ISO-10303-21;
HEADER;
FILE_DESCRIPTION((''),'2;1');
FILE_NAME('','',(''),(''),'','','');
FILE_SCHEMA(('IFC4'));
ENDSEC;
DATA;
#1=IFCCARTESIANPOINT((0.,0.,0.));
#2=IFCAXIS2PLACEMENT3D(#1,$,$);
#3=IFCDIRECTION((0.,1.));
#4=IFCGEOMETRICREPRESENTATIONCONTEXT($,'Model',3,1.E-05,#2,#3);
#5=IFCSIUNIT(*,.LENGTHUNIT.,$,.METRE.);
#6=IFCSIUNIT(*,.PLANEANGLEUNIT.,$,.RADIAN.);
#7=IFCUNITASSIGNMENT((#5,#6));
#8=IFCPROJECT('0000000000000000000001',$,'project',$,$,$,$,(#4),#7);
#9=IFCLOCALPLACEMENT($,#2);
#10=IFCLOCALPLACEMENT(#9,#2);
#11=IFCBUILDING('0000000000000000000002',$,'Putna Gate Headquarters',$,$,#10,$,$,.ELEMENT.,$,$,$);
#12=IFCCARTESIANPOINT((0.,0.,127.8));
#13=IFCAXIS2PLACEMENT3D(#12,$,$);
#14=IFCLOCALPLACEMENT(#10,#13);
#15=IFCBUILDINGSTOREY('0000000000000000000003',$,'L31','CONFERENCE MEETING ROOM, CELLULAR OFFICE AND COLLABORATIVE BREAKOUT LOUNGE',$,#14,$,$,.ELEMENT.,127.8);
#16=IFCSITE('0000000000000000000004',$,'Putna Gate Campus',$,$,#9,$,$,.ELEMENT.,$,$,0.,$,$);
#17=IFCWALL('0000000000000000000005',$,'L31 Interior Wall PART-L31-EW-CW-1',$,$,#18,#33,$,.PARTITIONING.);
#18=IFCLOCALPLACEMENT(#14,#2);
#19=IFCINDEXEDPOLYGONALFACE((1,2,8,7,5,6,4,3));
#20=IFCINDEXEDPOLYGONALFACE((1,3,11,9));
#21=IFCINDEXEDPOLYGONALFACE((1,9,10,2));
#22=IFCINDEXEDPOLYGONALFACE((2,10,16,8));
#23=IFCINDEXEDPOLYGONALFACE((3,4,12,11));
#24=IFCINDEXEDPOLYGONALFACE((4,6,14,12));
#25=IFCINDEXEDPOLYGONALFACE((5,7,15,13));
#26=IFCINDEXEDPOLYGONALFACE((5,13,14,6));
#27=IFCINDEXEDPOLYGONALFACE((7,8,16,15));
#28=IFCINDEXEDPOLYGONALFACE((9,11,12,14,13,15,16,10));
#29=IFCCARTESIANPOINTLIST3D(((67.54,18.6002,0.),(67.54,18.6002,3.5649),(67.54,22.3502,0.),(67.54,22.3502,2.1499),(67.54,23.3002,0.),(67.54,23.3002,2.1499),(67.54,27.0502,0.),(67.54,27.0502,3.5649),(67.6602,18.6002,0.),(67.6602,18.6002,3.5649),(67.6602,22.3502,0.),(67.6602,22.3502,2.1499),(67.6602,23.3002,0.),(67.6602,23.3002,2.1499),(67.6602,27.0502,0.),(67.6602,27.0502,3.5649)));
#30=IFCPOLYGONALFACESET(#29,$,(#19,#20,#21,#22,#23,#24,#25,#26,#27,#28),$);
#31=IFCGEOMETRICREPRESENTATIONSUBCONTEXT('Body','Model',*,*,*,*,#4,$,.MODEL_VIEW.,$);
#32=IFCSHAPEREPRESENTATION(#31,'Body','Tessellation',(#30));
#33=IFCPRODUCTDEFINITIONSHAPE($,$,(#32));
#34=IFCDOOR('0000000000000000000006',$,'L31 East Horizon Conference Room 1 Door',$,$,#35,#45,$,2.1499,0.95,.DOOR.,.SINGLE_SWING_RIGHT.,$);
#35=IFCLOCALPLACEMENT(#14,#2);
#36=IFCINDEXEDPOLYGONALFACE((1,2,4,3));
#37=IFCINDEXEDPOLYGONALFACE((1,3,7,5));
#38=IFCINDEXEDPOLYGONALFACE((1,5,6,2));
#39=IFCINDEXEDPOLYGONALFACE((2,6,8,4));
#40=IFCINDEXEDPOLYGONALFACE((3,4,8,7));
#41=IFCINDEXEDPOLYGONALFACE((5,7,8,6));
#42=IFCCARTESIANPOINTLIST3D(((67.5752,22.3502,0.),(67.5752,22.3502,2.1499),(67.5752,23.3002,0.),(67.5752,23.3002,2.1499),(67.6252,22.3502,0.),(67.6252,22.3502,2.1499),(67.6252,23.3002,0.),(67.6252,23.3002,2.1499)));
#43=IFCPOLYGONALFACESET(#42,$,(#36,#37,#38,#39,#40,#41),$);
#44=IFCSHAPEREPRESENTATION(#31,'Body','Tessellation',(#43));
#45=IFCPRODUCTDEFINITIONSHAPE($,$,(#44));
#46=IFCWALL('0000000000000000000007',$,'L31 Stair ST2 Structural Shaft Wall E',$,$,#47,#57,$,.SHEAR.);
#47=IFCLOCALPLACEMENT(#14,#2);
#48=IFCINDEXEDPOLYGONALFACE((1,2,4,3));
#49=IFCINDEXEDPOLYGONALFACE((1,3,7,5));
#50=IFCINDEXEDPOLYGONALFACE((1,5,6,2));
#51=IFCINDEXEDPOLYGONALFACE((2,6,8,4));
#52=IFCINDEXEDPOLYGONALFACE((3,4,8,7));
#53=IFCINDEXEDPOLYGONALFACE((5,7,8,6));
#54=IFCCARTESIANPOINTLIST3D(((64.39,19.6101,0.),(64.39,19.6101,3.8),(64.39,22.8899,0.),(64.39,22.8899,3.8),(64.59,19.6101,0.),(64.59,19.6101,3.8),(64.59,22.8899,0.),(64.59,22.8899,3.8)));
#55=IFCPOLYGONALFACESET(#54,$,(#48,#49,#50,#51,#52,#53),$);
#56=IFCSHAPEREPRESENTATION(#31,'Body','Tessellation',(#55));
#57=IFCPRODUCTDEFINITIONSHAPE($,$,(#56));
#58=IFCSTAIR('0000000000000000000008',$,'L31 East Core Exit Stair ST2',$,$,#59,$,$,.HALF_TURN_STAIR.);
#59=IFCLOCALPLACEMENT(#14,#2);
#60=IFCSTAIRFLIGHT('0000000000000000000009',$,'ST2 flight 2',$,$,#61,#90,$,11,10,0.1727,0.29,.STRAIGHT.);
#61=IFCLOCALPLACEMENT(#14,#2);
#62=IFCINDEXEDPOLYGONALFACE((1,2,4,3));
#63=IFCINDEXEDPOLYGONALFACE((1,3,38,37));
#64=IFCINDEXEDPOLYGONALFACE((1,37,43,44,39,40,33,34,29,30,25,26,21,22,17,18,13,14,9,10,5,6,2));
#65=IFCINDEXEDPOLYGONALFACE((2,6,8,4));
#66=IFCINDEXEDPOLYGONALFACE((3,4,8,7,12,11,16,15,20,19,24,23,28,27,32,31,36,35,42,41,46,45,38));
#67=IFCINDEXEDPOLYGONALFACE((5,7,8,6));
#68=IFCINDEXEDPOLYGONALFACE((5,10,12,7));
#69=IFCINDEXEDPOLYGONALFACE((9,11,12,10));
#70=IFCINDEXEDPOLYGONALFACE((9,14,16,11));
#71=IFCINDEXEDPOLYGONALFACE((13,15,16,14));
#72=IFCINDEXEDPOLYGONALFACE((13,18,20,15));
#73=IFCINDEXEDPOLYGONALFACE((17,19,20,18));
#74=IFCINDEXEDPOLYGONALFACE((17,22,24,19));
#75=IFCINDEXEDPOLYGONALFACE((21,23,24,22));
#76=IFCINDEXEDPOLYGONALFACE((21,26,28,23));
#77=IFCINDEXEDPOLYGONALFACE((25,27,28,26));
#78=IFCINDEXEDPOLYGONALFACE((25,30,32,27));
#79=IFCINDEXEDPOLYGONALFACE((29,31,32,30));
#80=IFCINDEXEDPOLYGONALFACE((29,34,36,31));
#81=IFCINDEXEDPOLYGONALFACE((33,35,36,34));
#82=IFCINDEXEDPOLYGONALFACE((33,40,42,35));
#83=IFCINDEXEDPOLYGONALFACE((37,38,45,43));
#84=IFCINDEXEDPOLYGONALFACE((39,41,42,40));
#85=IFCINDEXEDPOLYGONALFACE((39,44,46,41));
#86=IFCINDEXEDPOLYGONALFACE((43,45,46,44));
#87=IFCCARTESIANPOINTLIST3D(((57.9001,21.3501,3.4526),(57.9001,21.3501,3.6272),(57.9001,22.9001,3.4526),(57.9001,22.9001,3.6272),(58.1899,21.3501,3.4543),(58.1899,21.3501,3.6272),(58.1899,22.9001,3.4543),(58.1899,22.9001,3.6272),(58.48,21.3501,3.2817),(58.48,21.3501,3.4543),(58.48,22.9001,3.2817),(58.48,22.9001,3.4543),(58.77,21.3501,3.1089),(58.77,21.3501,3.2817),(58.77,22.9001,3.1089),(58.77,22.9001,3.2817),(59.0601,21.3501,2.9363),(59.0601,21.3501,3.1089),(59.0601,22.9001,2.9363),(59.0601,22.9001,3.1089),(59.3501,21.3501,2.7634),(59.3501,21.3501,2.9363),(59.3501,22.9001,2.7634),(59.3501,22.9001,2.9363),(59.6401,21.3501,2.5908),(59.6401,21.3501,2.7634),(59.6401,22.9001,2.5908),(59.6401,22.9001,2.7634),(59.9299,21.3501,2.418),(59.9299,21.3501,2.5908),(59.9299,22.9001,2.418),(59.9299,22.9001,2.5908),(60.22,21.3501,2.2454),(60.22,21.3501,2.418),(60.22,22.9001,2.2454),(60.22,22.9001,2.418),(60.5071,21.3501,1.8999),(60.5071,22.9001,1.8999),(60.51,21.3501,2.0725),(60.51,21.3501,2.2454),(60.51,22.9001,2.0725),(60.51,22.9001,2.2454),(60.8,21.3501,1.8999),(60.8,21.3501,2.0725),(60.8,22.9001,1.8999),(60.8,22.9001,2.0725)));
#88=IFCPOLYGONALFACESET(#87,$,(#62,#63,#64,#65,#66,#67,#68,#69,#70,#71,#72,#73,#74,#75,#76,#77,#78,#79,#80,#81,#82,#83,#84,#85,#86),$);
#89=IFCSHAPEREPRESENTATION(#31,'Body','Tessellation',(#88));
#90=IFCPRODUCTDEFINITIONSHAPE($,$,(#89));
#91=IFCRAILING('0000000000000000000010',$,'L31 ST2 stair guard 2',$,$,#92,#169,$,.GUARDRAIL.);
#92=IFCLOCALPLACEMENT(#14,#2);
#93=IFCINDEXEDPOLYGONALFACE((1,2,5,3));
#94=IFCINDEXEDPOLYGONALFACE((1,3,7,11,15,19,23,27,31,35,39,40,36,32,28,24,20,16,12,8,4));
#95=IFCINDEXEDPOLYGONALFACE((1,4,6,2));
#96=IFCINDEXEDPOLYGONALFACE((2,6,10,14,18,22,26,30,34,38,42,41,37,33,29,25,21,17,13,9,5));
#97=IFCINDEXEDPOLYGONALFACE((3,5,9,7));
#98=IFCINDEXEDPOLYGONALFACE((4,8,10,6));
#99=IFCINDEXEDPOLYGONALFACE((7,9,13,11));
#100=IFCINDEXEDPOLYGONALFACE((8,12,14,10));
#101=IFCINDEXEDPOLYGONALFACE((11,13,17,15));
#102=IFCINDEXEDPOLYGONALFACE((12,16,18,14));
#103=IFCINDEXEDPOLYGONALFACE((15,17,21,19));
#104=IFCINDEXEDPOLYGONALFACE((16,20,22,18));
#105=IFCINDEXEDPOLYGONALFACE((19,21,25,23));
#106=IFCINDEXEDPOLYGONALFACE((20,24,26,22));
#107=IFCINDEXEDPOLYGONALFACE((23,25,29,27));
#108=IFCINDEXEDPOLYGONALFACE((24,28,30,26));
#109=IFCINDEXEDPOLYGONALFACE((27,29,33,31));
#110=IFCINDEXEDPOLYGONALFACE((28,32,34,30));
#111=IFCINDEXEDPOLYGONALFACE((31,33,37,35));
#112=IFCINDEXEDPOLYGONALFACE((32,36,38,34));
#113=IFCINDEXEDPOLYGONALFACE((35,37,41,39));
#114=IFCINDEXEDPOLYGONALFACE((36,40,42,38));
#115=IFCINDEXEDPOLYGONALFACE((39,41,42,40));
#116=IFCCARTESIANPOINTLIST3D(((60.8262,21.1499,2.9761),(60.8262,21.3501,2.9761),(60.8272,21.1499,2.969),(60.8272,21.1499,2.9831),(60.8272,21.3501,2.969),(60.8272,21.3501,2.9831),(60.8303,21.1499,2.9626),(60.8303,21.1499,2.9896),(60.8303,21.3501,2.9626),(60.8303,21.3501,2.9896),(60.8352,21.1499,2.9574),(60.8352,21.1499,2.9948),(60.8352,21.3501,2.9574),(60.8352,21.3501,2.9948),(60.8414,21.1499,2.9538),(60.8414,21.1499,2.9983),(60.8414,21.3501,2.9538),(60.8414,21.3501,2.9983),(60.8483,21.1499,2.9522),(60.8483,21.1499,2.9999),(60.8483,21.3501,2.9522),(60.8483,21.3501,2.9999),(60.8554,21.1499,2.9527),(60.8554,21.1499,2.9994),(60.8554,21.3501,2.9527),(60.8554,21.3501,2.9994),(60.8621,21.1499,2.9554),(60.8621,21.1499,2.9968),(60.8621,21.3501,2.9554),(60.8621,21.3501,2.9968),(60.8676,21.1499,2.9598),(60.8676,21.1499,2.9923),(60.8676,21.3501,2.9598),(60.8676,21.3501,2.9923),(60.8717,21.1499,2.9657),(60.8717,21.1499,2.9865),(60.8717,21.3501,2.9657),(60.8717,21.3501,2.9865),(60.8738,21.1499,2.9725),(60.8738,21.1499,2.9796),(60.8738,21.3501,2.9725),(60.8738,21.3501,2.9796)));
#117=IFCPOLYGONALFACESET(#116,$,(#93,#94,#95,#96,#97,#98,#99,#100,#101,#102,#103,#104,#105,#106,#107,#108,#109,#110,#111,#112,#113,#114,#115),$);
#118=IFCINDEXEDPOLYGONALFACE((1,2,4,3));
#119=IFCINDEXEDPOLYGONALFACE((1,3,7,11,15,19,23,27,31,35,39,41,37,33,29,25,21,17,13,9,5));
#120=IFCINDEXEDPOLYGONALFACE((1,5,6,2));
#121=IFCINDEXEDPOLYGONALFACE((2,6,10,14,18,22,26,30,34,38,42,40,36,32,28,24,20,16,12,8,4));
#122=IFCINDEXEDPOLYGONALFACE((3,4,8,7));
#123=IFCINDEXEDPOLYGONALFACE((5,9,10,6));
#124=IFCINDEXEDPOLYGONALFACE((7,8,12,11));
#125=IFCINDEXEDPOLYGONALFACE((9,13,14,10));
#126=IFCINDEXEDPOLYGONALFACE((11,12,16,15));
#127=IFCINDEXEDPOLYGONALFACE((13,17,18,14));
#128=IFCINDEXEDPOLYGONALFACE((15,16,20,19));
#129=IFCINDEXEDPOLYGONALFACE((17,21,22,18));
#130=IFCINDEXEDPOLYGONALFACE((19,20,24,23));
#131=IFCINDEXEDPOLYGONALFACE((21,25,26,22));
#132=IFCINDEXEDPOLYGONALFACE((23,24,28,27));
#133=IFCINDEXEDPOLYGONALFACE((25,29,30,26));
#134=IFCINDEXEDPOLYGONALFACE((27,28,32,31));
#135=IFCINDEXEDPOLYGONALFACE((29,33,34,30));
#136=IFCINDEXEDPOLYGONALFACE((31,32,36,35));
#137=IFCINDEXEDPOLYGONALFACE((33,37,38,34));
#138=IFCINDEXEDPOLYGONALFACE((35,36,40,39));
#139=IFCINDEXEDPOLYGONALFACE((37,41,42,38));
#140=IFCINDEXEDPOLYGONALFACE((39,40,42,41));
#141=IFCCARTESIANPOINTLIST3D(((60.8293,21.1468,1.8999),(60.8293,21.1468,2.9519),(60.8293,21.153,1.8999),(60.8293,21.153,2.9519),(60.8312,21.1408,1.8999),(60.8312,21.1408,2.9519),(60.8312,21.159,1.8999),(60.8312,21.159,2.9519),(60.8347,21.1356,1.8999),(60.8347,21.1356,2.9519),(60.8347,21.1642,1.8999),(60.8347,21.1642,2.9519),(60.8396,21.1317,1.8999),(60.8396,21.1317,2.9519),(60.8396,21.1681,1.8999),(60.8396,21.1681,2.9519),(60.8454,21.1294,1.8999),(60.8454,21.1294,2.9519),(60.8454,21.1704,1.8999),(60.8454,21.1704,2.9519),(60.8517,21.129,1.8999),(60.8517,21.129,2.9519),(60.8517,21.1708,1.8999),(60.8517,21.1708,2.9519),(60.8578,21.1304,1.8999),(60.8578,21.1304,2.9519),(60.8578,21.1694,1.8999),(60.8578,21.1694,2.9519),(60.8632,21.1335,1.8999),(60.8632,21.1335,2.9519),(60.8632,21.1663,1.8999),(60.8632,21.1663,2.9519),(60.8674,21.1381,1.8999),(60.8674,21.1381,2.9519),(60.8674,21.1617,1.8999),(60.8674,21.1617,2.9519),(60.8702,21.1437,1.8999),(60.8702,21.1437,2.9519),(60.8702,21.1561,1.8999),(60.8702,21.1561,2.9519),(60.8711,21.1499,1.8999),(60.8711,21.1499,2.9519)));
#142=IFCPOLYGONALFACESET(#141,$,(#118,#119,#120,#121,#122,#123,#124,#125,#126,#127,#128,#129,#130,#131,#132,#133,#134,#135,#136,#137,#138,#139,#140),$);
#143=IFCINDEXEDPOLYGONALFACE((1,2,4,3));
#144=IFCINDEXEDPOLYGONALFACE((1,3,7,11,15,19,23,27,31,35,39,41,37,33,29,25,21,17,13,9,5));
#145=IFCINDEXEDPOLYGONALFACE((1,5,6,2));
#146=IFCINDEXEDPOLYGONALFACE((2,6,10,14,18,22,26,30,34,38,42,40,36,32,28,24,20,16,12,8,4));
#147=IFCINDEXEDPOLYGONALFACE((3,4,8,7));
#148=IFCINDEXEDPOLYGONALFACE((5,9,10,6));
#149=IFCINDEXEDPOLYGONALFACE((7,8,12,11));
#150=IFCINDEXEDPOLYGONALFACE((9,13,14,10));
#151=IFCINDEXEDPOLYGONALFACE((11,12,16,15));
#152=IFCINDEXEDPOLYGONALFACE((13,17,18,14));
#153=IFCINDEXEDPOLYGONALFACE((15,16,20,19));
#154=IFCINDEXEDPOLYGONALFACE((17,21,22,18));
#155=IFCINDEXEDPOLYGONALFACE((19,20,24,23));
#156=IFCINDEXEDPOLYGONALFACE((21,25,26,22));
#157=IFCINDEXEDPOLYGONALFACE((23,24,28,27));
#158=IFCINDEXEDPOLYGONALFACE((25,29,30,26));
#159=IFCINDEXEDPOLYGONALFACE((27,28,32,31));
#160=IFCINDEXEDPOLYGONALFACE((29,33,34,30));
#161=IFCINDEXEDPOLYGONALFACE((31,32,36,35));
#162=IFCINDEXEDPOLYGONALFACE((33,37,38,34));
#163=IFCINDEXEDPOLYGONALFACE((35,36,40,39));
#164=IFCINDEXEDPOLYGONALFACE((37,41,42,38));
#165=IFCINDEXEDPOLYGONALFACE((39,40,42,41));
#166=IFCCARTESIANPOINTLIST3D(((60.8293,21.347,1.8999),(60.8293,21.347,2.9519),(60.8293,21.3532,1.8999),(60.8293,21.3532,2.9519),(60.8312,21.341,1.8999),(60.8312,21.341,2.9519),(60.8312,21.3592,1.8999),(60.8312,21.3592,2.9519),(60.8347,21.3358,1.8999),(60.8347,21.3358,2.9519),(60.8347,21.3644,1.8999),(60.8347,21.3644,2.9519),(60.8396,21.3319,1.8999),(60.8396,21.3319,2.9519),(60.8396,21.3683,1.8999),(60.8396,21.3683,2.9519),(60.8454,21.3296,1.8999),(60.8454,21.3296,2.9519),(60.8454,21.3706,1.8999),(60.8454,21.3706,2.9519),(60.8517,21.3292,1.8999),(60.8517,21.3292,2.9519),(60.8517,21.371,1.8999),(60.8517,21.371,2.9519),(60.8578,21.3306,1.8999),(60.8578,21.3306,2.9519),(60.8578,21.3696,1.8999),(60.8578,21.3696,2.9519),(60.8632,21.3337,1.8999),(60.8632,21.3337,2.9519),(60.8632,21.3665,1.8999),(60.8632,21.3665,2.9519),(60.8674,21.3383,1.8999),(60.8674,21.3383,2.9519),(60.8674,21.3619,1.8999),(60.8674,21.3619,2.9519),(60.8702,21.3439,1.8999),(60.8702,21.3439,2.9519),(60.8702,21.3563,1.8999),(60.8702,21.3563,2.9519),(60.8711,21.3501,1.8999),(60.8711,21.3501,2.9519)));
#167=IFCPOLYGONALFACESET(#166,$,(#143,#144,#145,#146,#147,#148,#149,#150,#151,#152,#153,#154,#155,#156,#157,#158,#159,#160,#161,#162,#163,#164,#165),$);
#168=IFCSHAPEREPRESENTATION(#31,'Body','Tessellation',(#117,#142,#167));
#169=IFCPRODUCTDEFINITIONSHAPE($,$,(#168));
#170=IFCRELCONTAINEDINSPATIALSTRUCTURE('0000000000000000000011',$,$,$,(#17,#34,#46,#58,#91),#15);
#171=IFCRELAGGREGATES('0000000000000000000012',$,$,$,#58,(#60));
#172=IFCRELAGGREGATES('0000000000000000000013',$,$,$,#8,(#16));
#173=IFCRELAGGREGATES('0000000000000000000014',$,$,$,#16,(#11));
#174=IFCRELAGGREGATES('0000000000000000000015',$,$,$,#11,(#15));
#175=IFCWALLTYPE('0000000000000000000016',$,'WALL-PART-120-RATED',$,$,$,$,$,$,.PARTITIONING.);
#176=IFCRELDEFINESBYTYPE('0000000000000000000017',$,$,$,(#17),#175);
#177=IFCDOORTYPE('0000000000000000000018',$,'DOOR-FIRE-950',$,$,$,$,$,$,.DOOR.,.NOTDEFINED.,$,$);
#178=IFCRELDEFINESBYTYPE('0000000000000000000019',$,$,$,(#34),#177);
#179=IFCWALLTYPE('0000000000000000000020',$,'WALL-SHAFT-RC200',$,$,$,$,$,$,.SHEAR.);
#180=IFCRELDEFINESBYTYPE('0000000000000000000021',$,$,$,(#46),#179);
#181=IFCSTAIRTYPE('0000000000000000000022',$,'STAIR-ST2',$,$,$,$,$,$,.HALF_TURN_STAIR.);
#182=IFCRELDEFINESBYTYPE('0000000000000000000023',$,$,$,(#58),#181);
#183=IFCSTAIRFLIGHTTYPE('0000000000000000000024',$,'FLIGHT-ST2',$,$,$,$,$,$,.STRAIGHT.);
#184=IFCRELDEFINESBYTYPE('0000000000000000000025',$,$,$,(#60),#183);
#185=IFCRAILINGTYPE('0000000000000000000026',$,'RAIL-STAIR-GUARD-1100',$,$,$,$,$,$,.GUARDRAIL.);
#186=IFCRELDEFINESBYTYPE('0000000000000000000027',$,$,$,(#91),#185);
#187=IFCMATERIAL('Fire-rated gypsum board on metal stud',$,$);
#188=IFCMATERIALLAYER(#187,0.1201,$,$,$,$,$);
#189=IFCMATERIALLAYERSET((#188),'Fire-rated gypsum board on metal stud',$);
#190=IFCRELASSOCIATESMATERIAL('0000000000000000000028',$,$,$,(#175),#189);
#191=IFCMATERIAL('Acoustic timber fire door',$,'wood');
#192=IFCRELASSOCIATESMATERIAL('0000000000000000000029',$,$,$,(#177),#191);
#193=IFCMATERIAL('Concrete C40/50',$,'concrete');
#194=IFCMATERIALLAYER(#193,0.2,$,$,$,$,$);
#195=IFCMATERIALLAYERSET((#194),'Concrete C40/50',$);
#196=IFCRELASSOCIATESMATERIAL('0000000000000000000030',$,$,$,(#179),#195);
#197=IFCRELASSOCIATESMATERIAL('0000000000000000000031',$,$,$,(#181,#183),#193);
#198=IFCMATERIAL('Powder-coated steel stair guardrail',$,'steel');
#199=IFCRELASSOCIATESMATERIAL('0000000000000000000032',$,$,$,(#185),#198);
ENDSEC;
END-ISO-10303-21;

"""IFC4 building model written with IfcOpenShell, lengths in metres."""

from ifc_helpers import new_model, si_unit, direction, frame, frame_2d, origin, origin_2d, place, context, subcontext, project, spatial, polyline, rectangle, circle, outline, extrude, material, layer, layer_set, type_object, element, fill, aggregate, save


model = new_model("IFC4")

# Units and contexts
model_context = context("Model", 3, precision=1e-05, world=origin(), true_north=direction((0.0, 1.0)))
body_context = subcontext(model_context, "Body", "Model", "MODEL_VIEW")
ifc_project = project(units=[si_unit("LENGTHUNIT", "METRE"), si_unit("PLANEANGLEUNIT", "RADIAN")], contexts=[model_context])

# Site, building, storey
site_placement = place(None, origin())
site = spatial("IfcSite", under=ifc_project, at=site_placement, Name="Putna Gate Campus", CompositionType="ELEMENT", RefElevation=0.0)
building_placement = place(site_placement, origin())
building = spatial("IfcBuilding", under=site, at=building_placement, Name="Putna Gate Headquarters", CompositionType="ELEMENT")
storey_placement = place(building_placement, frame((0.0, 0.0, 127.8)))
storey = spatial("IfcBuildingStorey", under=building, at=storey_placement, Name="L31", Description="CONFERENCE MEETING ROOM, CELLULAR OFFICE AND COLLABORATIVE BREAKOUT LOUNGE", CompositionType="ELEMENT", Elevation=127.8)

# Shared definitions
ifc_material_1 = material(Name="Fire-rated gypsum board on metal stud")
ifc_layer_1 = layer(ifc_material_1, 0.1201)
ifc_layer_set_1 = layer_set([ifc_layer_1], Name="Fire-rated gypsum board on metal stud")
wall_type_1 = type_object("IfcWallType", Name="WALL-PART-120-RATED", PredefinedType="PARTITIONING", material=ifc_layer_set_1)

# Shared definitions
ifc_material_2 = material(Name="Acoustic timber fire door", Category="wood")
door_type_1 = type_object("IfcDoorType", Name="DOOR-FIRE-950", OperationType="NOTDEFINED", PredefinedType="DOOR", material=ifc_material_2)

# Wall, opening, door
wall_1_placement = place(storey_placement, frame((67.6001, 18.6001, 0.0), z_axis=(0.0, 0.0, 1.0), x_axis=(0.0, 1.0, 0.0)))
wall_1 = element("IfcWall", 1, at=wall_1_placement, inside=storey, type_object=wall_type_1, Name="L31 Interior Wall PART-L31-EW-CW-1", PredefinedType="PARTITIONING", context=body_context, shape_type="SweptSolid", body=[
    extrude(rectangle(XDim=8.45, YDim=0.1201, at=frame_2d((4.2251, 0.0))), origin(), (0.0, 0.0, 1.0), 3.5649),
])
opening_1_placement = place(wall_1_placement, frame((3.75, 0.0, 0.0)))
opening_1 = element("IfcOpeningElement", 2, at=opening_1_placement, cuts=wall_1, PredefinedType="OPENING", context=body_context, shape_type="SweptSolid", body=[
    extrude(rectangle(XDim=0.95, YDim=2.1499, at=frame_2d((0.4751, 1.075))), frame((0.0, 0.0701, 0.0), z_axis=(0.0, -1.0, 0.0), x_axis=(1.0, 0.0, 0.0)), (0.0, 0.0, 1.0), 0.1401),
])
door_1_placement = place(opening_1_placement, origin())
door_1 = element("IfcDoor", 3, at=door_1_placement, inside=storey, type_object=door_type_1, Name="L31 East Horizon Conference Room 1 Door", OperationType="SINGLE_SWING_RIGHT", OverallHeight=2.1499, OverallWidth=0.95, PredefinedType="DOOR", context=body_context, shape_type="SweptSolid", body=[
    extrude(rectangle(XDim=0.95, YDim=2.1499, at=frame_2d((0.4751, 1.075))), frame((0.0, 0.0249, 0.0), z_axis=(0.0, -1.0, 0.0), x_axis=(1.0, 0.0, 0.0)), (0.0, 0.0, 1.0), 0.05),
])
fill(opening_1, door_1)

# Wall
ifc_material_3 = material(Name="Concrete C40/50", Category="concrete")
ifc_layer_2 = layer(ifc_material_3, 0.2)
ifc_layer_set_2 = layer_set([ifc_layer_2], Name="Concrete C40/50")
wall_type_2 = type_object("IfcWallType", Name="WALL-SHAFT-RC200", PredefinedType="SHEAR", material=ifc_layer_set_2)
wall_2_placement = place(storey_placement, frame((64.49, 19.6101, 0.0), z_axis=(0.0, 0.0, 1.0), x_axis=(0.0, 1.0, 0.0)))
element("IfcWall", 4, at=wall_2_placement, inside=storey, type_object=wall_type_2, Name="L31 Stair ST2 Structural Shaft Wall E", PredefinedType="SHEAR", context=body_context, shape_type="SweptSolid", body=[
    extrude(rectangle(XDim=3.2798, YDim=0.2, at=frame_2d((1.6399, 0.0))), origin(), (0.0, 0.0, 1.0), 3.8),
])

# Stair, stair flight
stair_type = type_object("IfcStairType", Name="STAIR-ST2", PredefinedType="HALF_TURN_STAIR", material=ifc_material_3)
stair_placement = place(storey_placement, origin())
stair = element("IfcStair", 5, at=stair_placement, inside=storey, type_object=stair_type, Name="L31 East Core Exit Stair ST2", PredefinedType="HALF_TURN_STAIR")
stair_flight_type = type_object("IfcStairFlightType", Name="FLIGHT-ST2", PredefinedType="STRAIGHT", material=ifc_material_3)
stair_flight_placement = place(storey_placement, frame((60.8, 22.125, 1.8999), z_axis=(0.0, 0.0, 1.0), x_axis=(-1.0, 0.0, 0.0)))
stair_flight = element("IfcStairFlight", 6, at=stair_flight_placement, type_object=stair_flight_type, Name="ST2 flight 2", NumberOfRisers=11, NumberOfTreads=10, PredefinedType="STRAIGHT", RiserHeight=0.1727, TreadLength=0.29, context=body_context, shape_type="SweptSolid", body=[
    extrude(outline(polyline([(0.0, 0.0), (0.0, 0.1726), (0.29, 0.1726), (0.29, 0.3455), (0.5801, 0.3455), (0.5801, 0.5181), (0.8701, 0.5181), (0.8701, 0.6909), (1.1599, 0.6909), (1.1599, 0.8635), (1.45, 0.8635), (1.45, 1.0364), (1.74, 1.0364), (1.74, 1.209), (2.03, 1.209), (2.03, 1.3818), (2.3201, 1.3818), (2.3201, 1.5544), (2.6101, 1.5544), (2.6101, 1.7273), (2.8999, 1.7273), (2.8999, 1.8999), (2.8999, 1.5527), (0.293, 0.0), (0.0, 0.0)])), frame((0.0, 0.7749, 0.0), z_axis=(0.0, -1.0, 0.0), x_axis=(1.0, 0.0, 0.0)), (0.0, 0.0, 1.0), 1.55),
])
aggregate(stair, [stair_flight])

# Railing
ifc_material_4 = material(Name="Powder-coated steel stair guardrail", Category="steel")
railing_type_1 = type_object("IfcRailingType", Name="RAIL-STAIR-GUARD-1100", PredefinedType="GUARDRAIL", material=ifc_material_4)
railing_1_placement = place(storey_placement, frame((60.8501, 21.1499, 1.8999)))
element("IfcRailing", 7, at=railing_1_placement, inside=storey, type_object=railing_type_1, Name="L31 ST2 stair guard 2", PredefinedType="GUARDRAIL", context=body_context, shape_type="SweptSolid", body=[
    extrude(circle(Radius=0.0239, at=origin_2d()), frame((0.0, 0.0, 1.0762), z_axis=(0.0, 1.0, 0.0), x_axis=(-1.0, 0.0, 0.0)), (0.0, 0.0, 1.0), 0.2002),
    extrude(circle(Radius=0.021, at=origin_2d()), origin(), (0.0, 0.0, 1.0), 1.052),
    extrude(circle(Radius=0.021, at=origin_2d()), frame((0.0, 0.2002, 0.0)), (0.0, 0.0, 1.0), 1.052),
])

save(model, "model.ifc")
